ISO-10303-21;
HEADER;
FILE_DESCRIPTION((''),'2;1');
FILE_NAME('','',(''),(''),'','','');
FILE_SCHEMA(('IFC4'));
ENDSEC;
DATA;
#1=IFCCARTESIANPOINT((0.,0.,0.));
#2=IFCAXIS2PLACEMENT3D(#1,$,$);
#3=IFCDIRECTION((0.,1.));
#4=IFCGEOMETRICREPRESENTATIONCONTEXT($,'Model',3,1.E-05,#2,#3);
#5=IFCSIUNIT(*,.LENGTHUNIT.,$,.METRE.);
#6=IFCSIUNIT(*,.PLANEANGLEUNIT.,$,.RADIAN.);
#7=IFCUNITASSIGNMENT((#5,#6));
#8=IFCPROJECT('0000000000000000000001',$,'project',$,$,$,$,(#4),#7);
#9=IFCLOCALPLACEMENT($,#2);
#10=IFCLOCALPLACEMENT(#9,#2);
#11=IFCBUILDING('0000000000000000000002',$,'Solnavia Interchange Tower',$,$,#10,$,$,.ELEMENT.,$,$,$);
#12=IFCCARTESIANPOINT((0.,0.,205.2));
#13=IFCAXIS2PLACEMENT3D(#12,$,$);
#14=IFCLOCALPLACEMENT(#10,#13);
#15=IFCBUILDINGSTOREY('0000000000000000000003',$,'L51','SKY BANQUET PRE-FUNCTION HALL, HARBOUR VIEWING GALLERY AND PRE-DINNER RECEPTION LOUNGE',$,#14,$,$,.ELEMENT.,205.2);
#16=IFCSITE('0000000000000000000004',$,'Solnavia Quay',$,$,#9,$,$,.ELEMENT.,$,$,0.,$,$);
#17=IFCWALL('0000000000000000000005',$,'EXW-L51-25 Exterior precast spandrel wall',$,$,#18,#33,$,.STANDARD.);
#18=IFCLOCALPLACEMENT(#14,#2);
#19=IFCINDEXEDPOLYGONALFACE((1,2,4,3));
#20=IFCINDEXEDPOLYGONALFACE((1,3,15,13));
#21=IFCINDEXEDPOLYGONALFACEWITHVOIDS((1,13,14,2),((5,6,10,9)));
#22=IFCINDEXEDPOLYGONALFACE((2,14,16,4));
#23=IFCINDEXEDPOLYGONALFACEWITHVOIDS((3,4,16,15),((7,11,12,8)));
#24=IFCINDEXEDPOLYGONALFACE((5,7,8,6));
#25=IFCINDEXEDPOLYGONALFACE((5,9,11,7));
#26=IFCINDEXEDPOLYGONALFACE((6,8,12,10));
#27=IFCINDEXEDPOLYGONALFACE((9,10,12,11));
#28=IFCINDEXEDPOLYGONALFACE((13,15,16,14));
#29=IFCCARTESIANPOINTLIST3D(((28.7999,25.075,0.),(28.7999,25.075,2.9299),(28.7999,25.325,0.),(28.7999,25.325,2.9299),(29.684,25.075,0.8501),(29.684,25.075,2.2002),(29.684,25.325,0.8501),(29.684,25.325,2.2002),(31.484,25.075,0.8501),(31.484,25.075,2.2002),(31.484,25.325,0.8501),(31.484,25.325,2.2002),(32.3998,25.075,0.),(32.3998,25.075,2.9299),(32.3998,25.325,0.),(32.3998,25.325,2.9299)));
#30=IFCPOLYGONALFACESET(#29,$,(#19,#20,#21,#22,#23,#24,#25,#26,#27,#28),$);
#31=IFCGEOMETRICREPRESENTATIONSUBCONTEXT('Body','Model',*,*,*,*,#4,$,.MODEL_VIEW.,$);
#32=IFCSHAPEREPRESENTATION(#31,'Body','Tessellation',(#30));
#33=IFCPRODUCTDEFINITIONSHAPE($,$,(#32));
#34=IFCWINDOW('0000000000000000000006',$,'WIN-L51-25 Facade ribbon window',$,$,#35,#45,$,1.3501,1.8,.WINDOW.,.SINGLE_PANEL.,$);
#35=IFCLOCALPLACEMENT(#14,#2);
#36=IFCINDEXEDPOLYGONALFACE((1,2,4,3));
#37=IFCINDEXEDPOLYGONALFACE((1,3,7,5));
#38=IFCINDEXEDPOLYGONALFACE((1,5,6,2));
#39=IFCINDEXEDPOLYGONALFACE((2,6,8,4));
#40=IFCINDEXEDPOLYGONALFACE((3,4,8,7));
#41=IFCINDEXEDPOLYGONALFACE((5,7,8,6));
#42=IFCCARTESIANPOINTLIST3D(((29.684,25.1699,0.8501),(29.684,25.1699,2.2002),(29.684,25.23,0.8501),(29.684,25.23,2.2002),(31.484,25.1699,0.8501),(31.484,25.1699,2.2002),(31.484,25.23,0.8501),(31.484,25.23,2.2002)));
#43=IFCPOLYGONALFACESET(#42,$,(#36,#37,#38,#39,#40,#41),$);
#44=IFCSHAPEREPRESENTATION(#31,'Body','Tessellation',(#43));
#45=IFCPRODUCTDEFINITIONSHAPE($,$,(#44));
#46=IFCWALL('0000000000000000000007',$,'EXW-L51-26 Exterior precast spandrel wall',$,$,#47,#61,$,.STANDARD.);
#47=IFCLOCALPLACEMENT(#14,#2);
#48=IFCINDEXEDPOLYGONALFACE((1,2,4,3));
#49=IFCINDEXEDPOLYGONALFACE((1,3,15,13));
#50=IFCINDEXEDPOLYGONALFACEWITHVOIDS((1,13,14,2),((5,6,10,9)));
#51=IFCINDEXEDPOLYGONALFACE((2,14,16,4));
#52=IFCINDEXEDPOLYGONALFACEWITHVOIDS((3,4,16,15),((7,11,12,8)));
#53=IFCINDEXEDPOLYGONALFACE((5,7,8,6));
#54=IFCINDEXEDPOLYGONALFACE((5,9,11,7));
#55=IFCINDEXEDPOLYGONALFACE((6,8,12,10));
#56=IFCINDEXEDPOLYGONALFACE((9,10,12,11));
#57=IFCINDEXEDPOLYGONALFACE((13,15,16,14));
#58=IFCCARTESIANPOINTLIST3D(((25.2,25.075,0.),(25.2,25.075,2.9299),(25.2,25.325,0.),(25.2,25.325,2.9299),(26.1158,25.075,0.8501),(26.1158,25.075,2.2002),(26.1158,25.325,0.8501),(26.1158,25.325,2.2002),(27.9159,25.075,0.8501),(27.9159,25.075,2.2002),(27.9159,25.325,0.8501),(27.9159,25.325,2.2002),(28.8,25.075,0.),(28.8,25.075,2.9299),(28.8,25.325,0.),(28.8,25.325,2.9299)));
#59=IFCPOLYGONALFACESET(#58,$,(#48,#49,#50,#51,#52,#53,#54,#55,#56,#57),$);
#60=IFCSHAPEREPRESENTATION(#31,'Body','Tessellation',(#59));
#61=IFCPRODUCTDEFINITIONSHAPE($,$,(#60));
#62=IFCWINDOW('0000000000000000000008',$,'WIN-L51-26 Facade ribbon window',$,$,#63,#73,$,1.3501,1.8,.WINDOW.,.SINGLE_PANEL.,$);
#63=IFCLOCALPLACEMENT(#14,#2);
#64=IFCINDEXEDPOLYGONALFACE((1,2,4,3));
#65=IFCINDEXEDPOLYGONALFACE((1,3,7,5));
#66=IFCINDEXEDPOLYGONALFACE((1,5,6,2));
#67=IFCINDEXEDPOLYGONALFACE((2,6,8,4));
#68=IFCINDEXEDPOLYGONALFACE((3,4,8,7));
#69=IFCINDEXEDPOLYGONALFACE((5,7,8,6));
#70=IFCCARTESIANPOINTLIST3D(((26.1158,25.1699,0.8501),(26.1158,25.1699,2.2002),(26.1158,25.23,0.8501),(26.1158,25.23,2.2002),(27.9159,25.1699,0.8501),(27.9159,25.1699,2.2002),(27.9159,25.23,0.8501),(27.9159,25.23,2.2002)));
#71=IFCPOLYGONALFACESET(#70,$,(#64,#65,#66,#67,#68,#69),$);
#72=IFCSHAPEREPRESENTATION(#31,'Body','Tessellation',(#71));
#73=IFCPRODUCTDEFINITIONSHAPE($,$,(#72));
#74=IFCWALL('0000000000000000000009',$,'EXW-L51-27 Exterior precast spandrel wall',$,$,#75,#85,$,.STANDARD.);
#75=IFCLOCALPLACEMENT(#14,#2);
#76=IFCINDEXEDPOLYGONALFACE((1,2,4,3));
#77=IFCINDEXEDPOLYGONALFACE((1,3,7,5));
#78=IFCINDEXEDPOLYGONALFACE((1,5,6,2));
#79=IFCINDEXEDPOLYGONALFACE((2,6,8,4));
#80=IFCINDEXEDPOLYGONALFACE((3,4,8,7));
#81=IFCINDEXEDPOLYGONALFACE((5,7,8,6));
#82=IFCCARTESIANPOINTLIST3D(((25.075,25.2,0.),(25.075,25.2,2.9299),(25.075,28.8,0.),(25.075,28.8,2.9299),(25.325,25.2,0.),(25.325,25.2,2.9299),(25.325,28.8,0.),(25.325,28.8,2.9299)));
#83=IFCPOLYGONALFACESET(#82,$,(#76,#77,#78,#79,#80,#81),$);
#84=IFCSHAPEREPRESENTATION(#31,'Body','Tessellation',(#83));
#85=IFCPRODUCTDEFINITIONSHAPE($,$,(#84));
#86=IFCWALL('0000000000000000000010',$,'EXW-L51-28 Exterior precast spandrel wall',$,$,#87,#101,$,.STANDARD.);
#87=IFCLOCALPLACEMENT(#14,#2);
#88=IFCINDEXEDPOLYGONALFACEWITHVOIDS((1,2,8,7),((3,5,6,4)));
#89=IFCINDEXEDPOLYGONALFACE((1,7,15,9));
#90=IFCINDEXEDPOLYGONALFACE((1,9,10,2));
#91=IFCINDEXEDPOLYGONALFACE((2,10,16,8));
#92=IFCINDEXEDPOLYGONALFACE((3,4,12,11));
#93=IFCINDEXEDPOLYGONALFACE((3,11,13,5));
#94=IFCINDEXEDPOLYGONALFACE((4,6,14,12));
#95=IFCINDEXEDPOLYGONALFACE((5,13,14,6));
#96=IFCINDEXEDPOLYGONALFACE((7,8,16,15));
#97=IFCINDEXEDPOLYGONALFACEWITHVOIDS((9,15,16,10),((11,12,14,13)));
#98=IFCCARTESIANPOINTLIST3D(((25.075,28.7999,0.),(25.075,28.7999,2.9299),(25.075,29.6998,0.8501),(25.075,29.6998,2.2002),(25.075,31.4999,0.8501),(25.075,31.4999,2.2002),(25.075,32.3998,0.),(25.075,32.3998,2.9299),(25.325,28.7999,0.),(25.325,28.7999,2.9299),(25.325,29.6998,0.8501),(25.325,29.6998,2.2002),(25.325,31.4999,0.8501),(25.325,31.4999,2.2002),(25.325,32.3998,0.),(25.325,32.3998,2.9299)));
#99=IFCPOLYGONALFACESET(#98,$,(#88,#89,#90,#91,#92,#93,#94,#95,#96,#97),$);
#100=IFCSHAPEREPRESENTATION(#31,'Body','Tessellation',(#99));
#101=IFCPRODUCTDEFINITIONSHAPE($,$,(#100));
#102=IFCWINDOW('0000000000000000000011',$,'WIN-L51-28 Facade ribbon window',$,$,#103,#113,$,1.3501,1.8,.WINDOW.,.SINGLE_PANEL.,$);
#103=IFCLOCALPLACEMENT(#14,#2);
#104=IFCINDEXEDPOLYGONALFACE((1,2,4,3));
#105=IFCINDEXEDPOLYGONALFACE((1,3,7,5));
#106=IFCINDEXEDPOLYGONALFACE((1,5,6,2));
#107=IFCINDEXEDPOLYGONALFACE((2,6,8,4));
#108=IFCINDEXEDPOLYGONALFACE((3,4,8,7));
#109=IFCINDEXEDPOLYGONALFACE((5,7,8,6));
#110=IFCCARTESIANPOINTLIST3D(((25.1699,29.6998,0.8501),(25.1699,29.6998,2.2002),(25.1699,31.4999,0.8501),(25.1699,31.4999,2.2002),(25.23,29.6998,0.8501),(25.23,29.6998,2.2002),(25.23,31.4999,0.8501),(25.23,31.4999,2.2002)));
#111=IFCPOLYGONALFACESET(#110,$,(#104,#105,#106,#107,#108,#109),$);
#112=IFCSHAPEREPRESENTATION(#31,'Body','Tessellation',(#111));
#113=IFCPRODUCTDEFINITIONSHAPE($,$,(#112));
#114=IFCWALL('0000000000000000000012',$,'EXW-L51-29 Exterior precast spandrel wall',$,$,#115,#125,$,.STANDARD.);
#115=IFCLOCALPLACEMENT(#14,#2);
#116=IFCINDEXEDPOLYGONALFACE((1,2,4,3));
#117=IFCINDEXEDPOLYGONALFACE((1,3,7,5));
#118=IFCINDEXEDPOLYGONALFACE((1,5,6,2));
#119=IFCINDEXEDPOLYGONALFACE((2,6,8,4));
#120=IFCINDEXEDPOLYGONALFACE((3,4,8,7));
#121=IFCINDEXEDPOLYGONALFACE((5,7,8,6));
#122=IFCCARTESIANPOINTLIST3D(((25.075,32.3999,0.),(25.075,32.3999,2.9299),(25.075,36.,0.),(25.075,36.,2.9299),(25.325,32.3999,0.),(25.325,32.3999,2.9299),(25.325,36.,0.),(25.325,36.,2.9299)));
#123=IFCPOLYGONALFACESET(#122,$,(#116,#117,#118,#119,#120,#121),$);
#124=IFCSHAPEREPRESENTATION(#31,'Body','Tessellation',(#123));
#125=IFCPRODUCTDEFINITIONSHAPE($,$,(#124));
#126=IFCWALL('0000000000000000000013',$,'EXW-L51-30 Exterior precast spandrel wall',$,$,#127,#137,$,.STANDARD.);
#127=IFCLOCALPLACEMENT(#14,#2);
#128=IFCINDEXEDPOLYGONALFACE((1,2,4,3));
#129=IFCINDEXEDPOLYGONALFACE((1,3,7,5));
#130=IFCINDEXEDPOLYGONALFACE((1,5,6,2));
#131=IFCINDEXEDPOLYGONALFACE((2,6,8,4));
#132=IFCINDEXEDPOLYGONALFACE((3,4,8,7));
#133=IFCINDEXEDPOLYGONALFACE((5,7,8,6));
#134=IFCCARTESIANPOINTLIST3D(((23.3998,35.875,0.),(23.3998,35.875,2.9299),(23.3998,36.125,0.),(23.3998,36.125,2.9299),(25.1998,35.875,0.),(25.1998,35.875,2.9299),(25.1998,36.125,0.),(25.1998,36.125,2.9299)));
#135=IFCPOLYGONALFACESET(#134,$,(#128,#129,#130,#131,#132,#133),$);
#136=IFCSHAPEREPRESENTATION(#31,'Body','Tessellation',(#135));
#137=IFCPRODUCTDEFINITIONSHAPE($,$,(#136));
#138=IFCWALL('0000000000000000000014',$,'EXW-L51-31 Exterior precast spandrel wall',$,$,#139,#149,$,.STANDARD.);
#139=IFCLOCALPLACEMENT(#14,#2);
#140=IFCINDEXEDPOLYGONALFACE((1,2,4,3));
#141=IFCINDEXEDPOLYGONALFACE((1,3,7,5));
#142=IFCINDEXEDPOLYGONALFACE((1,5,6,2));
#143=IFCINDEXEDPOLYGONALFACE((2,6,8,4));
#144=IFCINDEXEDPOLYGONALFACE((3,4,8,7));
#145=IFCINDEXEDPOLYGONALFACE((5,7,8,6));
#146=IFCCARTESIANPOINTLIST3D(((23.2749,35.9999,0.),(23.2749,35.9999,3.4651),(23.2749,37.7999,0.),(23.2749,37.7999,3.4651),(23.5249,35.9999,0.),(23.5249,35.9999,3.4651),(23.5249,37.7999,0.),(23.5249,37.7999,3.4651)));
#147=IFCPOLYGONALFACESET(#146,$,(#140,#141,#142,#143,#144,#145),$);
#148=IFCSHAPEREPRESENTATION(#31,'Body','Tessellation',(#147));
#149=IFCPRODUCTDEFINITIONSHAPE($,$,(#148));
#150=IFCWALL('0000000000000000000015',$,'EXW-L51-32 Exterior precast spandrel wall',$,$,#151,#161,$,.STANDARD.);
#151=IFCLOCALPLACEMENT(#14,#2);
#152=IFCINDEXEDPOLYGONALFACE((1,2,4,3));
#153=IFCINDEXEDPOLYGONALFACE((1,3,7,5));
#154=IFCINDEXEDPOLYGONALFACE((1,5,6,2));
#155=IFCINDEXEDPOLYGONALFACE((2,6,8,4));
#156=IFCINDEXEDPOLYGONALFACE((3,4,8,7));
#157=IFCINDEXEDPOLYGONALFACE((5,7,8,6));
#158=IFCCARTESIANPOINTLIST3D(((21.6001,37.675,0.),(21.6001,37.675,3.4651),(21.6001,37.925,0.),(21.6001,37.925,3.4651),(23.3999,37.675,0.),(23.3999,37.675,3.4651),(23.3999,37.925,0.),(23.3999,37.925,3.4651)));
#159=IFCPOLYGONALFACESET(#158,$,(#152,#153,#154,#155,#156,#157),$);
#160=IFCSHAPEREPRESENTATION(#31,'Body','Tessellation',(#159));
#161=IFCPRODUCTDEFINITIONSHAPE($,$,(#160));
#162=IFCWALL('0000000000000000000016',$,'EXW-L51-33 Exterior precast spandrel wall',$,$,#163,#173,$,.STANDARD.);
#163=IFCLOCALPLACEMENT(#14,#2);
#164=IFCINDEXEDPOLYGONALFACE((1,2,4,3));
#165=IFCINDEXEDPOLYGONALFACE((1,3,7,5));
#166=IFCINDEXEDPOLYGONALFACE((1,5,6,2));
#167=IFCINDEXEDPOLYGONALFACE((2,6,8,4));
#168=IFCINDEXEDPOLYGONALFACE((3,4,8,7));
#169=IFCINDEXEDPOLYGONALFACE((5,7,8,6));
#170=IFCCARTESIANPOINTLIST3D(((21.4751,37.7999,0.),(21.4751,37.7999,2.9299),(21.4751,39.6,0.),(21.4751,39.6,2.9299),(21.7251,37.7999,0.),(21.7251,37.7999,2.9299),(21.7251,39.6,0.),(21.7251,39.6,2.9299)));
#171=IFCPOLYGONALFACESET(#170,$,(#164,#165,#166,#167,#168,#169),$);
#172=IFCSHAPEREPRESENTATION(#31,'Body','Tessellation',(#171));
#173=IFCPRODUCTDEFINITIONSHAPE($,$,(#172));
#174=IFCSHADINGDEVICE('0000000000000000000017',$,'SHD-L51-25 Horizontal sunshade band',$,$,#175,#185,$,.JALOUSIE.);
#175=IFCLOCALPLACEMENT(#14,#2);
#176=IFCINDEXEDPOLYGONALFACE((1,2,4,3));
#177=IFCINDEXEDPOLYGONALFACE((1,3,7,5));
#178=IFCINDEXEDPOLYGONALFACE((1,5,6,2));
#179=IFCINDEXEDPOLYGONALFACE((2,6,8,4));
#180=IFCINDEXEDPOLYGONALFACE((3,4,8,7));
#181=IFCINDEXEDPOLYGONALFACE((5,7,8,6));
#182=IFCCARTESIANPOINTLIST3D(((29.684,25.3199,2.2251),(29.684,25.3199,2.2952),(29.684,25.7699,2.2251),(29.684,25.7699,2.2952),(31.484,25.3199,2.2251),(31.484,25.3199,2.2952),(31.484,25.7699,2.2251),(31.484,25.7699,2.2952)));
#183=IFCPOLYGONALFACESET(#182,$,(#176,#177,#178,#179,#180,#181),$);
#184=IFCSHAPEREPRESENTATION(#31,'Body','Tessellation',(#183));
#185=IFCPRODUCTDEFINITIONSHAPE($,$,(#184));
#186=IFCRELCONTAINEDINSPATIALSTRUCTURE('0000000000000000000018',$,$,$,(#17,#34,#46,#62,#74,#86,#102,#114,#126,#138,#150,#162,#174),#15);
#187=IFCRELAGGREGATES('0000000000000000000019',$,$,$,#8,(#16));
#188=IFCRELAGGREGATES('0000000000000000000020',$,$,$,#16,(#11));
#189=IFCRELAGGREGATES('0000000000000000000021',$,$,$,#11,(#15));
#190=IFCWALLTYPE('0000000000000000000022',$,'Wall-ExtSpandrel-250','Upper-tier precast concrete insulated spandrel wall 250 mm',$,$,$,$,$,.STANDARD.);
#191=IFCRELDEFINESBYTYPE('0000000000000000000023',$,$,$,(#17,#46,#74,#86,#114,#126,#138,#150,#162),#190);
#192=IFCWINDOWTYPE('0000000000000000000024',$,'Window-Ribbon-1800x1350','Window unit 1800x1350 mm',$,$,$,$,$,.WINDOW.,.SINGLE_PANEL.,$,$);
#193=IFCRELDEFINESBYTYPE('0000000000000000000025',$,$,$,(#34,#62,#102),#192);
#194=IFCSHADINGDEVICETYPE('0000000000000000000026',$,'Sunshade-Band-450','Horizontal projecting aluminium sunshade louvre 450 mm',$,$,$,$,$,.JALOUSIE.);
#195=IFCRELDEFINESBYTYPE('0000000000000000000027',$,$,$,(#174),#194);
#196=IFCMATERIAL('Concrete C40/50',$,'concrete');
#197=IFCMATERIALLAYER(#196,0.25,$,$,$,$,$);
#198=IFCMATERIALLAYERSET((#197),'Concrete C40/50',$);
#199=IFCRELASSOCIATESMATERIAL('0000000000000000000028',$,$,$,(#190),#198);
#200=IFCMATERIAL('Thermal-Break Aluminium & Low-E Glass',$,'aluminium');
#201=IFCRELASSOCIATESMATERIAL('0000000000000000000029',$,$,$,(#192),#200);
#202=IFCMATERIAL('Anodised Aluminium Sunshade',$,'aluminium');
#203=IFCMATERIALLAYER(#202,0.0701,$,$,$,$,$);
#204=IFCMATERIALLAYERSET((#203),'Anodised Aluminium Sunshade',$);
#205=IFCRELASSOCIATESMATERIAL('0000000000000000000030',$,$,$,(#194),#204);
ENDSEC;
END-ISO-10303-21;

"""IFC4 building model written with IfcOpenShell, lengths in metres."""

from ifc_helpers import new_model, si_unit, direction, frame, frame_2d, origin, origin_2d, place, context, subcontext, project, spatial, rectangle, extrude, material, layer, layer_set, type_object, element, fill, save


model = new_model("IFC4")

# Units and contexts
model_context = context("Model", 3, precision=1e-05, world=origin(), true_north=direction((0.0, 1.0)))
body_context = subcontext(model_context, "Body", "Model", "MODEL_VIEW")
ifc_project = project(units=[si_unit("LENGTHUNIT", "METRE"), si_unit("PLANEANGLEUNIT", "RADIAN")], contexts=[model_context])

# Site, building, storey
site_placement = place(None, origin())
site = spatial("IfcSite", under=ifc_project, at=site_placement, Name="Solnavia Quay", CompositionType="ELEMENT", RefElevation=0.0)
building_placement = place(site_placement, origin())
building = spatial("IfcBuilding", under=site, at=building_placement, Name="Solnavia Interchange Tower", CompositionType="ELEMENT")
storey_placement = place(building_placement, frame((0.0, 0.0, 205.2)))
storey = spatial("IfcBuildingStorey", under=building, at=storey_placement, Name="L51", Description="SKY BANQUET PRE-FUNCTION HALL, HARBOUR VIEWING GALLERY AND PRE-DINNER RECEPTION LOUNGE", CompositionType="ELEMENT", Elevation=205.2)

# Walls, openings, windows
ifc_material_1 = material(Name="Concrete C40/50", Category="concrete")
ifc_layer_1 = layer(ifc_material_1, 0.25)
ifc_layer_set_1 = layer_set([ifc_layer_1], Name="Concrete C40/50")
wall_type = type_object("IfcWallType", Name="Wall-ExtSpandrel-250", Description="Upper-tier precast concrete insulated spandrel wall 250 mm", PredefinedType="STANDARD", material=ifc_layer_set_1)
wall_1_placement = place(storey_placement, frame((28.8, 25.2, 0.0), z_axis=(0.0, 0.0, 1.0), x_axis=(1.0, 0.0, 0.0)))
wall_1 = element("IfcWall", 1, at=wall_1_placement, inside=storey, type_object=wall_type, Name="EXW-L51-25 Exterior precast spandrel wall", PredefinedType="STANDARD", context=body_context, shape_type="SweptSolid", body=[
    extrude(rectangle(XDim=3.5999, YDim=0.25, at=frame_2d((1.7998, 0.0))), origin(), (0.0, 0.0, 1.0), 2.9299),
])
opening_1_placement = place(wall_1_placement, frame((0.884, 0.0, 0.8501)))
opening_1 = element("IfcOpeningElement", 2, at=opening_1_placement, cuts=wall_1, PredefinedType="OPENING", context=body_context, shape_type="SweptSolid", body=[
    extrude(rectangle(XDim=1.8, YDim=1.3501, at=frame_2d((0.8999, 0.675))), frame((0.0, 0.135, 0.0), z_axis=(0.0, -1.0, 0.0), x_axis=(1.0, 0.0, 0.0)), (0.0, 0.0, 1.0), 0.27),
])
ifc_material_2 = material(Name="Thermal-Break Aluminium & Low-E Glass", Category="aluminium")
window_type = type_object("IfcWindowType", Name="Window-Ribbon-1800x1350", Description="Window unit 1800x1350 mm", PartitioningType="SINGLE_PANEL", PredefinedType="WINDOW", material=ifc_material_2)
window_1_placement = place(opening_1_placement, origin())
window_1 = element("IfcWindow", 3, at=window_1_placement, inside=storey, type_object=window_type, Name="WIN-L51-25 Facade ribbon window", OverallHeight=1.3501, OverallWidth=1.8, PartitioningType="SINGLE_PANEL", PredefinedType="WINDOW", context=body_context, shape_type="SweptSolid", body=[
    extrude(rectangle(XDim=1.8, YDim=1.3501, at=frame_2d((0.8999, 0.675))), frame((0.0, 0.03, 0.0), z_axis=(0.0, -1.0, 0.0), x_axis=(1.0, 0.0, 0.0)), (0.0, 0.0, 1.0), 0.0601),
])
fill(opening_1, window_1)
wall_2_placement = place(storey_placement, frame((25.2, 25.2, 0.0), z_axis=(0.0, 0.0, 1.0), x_axis=(1.0, 0.0, 0.0)))
wall_2 = element("IfcWall", 4, at=wall_2_placement, inside=storey, type_object=wall_type, Name="EXW-L51-26 Exterior precast spandrel wall", PredefinedType="STANDARD", context=body_context, shape_type="SweptSolid", body=[
    extrude(rectangle(XDim=3.6001, YDim=0.25, at=frame_2d((1.8, 0.0))), origin(), (0.0, 0.0, 1.0), 2.9299),
])
opening_2_placement = place(wall_2_placement, frame((0.916, 0.0, 0.8501)))
opening_2 = element("IfcOpeningElement", 5, at=opening_2_placement, cuts=wall_2, PredefinedType="OPENING", context=body_context, shape_type="SweptSolid", body=[
    extrude(rectangle(XDim=1.8, YDim=1.3501, at=frame_2d((0.8999, 0.675))), frame((0.0, 0.135, 0.0), z_axis=(0.0, -1.0, 0.0), x_axis=(1.0, 0.0, 0.0)), (0.0, 0.0, 1.0), 0.27),
])
window_2_placement = place(opening_2_placement, origin())
window_2 = element("IfcWindow", 6, at=window_2_placement, inside=storey, type_object=window_type, Name="WIN-L51-26 Facade ribbon window", OverallHeight=1.3501, OverallWidth=1.8, PartitioningType="SINGLE_PANEL", PredefinedType="WINDOW", context=body_context, shape_type="SweptSolid", body=[
    extrude(rectangle(XDim=1.8, YDim=1.3501, at=frame_2d((0.8999, 0.675))), frame((0.0, 0.03, 0.0), z_axis=(0.0, -1.0, 0.0), x_axis=(1.0, 0.0, 0.0)), (0.0, 0.0, 1.0), 0.0601),
])
fill(opening_2, window_2)

# Wall
wall_3_placement = place(storey_placement, frame((25.2, 25.2, 0.0), z_axis=(0.0, 0.0, 1.0), x_axis=(0.0, 1.0, 0.0)))
element("IfcWall", 7, at=wall_3_placement, inside=storey, type_object=wall_type, Name="EXW-L51-27 Exterior precast spandrel wall", PredefinedType="STANDARD", context=body_context, shape_type="SweptSolid", body=[
    extrude(rectangle(XDim=3.6001, YDim=0.25, at=frame_2d((1.8, 0.0))), origin(), (0.0, 0.0, 1.0), 2.9299),
])

# Wall, opening, window
wall_4_placement = place(storey_placement, frame((25.2, 28.8, 0.0), z_axis=(0.0, 0.0, 1.0), x_axis=(0.0, 1.0, 0.0)))
wall_4 = element("IfcWall", 8, at=wall_4_placement, inside=storey, type_object=wall_type, Name="EXW-L51-28 Exterior precast spandrel wall", PredefinedType="STANDARD", context=body_context, shape_type="SweptSolid", body=[
    extrude(rectangle(XDim=3.5999, YDim=0.25, at=frame_2d((1.7998, 0.0))), origin(), (0.0, 0.0, 1.0), 2.9299),
])
opening_3_placement = place(wall_4_placement, frame((0.8999, 0.0, 0.8501)))
opening_3 = element("IfcOpeningElement", 9, at=opening_3_placement, cuts=wall_4, PredefinedType="OPENING", context=body_context, shape_type="SweptSolid", body=[
    extrude(rectangle(XDim=1.8, YDim=1.3501, at=frame_2d((0.8999, 0.675))), frame((0.0, 0.135, 0.0), z_axis=(0.0, -1.0, 0.0), x_axis=(1.0, 0.0, 0.0)), (0.0, 0.0, 1.0), 0.27),
])
window_3_placement = place(opening_3_placement, origin())
window_3 = element("IfcWindow", 10, at=window_3_placement, inside=storey, type_object=window_type, Name="WIN-L51-28 Facade ribbon window", OverallHeight=1.3501, OverallWidth=1.8, PartitioningType="SINGLE_PANEL", PredefinedType="WINDOW", context=body_context, shape_type="SweptSolid", body=[
    extrude(rectangle(XDim=1.8, YDim=1.3501, at=frame_2d((0.8999, 0.675))), frame((0.0, 0.03, 0.0), z_axis=(0.0, -1.0, 0.0), x_axis=(1.0, 0.0, 0.0)), (0.0, 0.0, 1.0), 0.0601),
])
fill(opening_3, window_3)

# Walls
wall_5_placement = place(storey_placement, frame((25.2, 32.3999, 0.0), z_axis=(0.0, 0.0, 1.0), x_axis=(0.0, 1.0, 0.0)))
element("IfcWall", 11, at=wall_5_placement, inside=storey, type_object=wall_type, Name="EXW-L51-29 Exterior precast spandrel wall", PredefinedType="STANDARD", context=body_context, shape_type="SweptSolid", body=[
    extrude(rectangle(XDim=3.6001, YDim=0.25, at=frame_2d((1.8, 0.0))), origin(), (0.0, 0.0, 1.0), 2.9299),
])
wall_6_placement = place(storey_placement, frame((23.3999, 36.0, 0.0), z_axis=(0.0, 0.0, 1.0), x_axis=(1.0, 0.0, 0.0)))
element("IfcWall", 12, at=wall_6_placement, inside=storey, type_object=wall_type, Name="EXW-L51-30 Exterior precast spandrel wall", PredefinedType="STANDARD", context=body_context, shape_type="SweptSolid", body=[
    extrude(rectangle(XDim=1.8, YDim=0.25, at=frame_2d((0.8999, 0.0))), origin(), (0.0, 0.0, 1.0), 2.9299),
])
wall_7_placement = place(storey_placement, frame((23.3999, 36.0, 0.0), z_axis=(0.0, 0.0, 1.0), x_axis=(0.0, 1.0, 0.0)))
element("IfcWall", 13, at=wall_7_placement, inside=storey, type_object=wall_type, Name="EXW-L51-31 Exterior precast spandrel wall", PredefinedType="STANDARD", context=body_context, shape_type="SweptSolid", body=[
    extrude(rectangle(XDim=1.8, YDim=0.25, at=frame_2d((0.8999, 0.0))), origin(), (0.0, 0.0, 1.0), 3.4651),
])
wall_8_placement = place(storey_placement, frame((21.6001, 37.8, 0.0), z_axis=(0.0, 0.0, 1.0), x_axis=(1.0, 0.0, 0.0)))
element("IfcWall", 14, at=wall_8_placement, inside=storey, type_object=wall_type, Name="EXW-L51-32 Exterior precast spandrel wall", PredefinedType="STANDARD", context=body_context, shape_type="SweptSolid", body=[
    extrude(rectangle(XDim=1.7998, YDim=0.25, at=frame_2d((0.8999, 0.0))), origin(), (0.0, 0.0, 1.0), 3.4651),
])
wall_9_placement = place(storey_placement, frame((21.6001, 37.8, 0.0), z_axis=(0.0, 0.0, 1.0), x_axis=(0.0, 1.0, 0.0)))
element("IfcWall", 15, at=wall_9_placement, inside=storey, type_object=wall_type, Name="EXW-L51-33 Exterior precast spandrel wall", PredefinedType="STANDARD", context=body_context, shape_type="SweptSolid", body=[
    extrude(rectangle(XDim=1.8, YDim=0.25, at=frame_2d((0.8999, 0.0))), origin(), (0.0, 0.0, 1.0), 2.9299),
])

# Shading device
ifc_material_3 = material(Name="Anodised Aluminium Sunshade", Category="aluminium")
ifc_layer_2 = layer(ifc_material_3, 0.0701)
ifc_layer_set_2 = layer_set([ifc_layer_2], Name="Anodised Aluminium Sunshade")
shading_device_type = type_object("IfcShadingDeviceType", Name="Sunshade-Band-450", Description="Horizontal projecting aluminium sunshade louvre 450 mm", PredefinedType="JALOUSIE", material=ifc_layer_set_2)
shading_device_placement = place(storey_placement, frame((30.584, 25.5449, 2.2251), z_axis=(0.0, 0.0, 1.0), x_axis=(1.0, 0.0, 0.0)))
element("IfcShadingDevice", 16, at=shading_device_placement, inside=storey, type_object=shading_device_type, Name="SHD-L51-25 Horizontal sunshade band", PredefinedType="JALOUSIE", context=body_context, shape_type="SweptSolid", body=[
    extrude(rectangle(XDim=1.8, YDim=0.45, at=origin_2d()), origin(), (0.0, 0.0, 1.0), 0.0701),
])

save(model, "model.ifc")
